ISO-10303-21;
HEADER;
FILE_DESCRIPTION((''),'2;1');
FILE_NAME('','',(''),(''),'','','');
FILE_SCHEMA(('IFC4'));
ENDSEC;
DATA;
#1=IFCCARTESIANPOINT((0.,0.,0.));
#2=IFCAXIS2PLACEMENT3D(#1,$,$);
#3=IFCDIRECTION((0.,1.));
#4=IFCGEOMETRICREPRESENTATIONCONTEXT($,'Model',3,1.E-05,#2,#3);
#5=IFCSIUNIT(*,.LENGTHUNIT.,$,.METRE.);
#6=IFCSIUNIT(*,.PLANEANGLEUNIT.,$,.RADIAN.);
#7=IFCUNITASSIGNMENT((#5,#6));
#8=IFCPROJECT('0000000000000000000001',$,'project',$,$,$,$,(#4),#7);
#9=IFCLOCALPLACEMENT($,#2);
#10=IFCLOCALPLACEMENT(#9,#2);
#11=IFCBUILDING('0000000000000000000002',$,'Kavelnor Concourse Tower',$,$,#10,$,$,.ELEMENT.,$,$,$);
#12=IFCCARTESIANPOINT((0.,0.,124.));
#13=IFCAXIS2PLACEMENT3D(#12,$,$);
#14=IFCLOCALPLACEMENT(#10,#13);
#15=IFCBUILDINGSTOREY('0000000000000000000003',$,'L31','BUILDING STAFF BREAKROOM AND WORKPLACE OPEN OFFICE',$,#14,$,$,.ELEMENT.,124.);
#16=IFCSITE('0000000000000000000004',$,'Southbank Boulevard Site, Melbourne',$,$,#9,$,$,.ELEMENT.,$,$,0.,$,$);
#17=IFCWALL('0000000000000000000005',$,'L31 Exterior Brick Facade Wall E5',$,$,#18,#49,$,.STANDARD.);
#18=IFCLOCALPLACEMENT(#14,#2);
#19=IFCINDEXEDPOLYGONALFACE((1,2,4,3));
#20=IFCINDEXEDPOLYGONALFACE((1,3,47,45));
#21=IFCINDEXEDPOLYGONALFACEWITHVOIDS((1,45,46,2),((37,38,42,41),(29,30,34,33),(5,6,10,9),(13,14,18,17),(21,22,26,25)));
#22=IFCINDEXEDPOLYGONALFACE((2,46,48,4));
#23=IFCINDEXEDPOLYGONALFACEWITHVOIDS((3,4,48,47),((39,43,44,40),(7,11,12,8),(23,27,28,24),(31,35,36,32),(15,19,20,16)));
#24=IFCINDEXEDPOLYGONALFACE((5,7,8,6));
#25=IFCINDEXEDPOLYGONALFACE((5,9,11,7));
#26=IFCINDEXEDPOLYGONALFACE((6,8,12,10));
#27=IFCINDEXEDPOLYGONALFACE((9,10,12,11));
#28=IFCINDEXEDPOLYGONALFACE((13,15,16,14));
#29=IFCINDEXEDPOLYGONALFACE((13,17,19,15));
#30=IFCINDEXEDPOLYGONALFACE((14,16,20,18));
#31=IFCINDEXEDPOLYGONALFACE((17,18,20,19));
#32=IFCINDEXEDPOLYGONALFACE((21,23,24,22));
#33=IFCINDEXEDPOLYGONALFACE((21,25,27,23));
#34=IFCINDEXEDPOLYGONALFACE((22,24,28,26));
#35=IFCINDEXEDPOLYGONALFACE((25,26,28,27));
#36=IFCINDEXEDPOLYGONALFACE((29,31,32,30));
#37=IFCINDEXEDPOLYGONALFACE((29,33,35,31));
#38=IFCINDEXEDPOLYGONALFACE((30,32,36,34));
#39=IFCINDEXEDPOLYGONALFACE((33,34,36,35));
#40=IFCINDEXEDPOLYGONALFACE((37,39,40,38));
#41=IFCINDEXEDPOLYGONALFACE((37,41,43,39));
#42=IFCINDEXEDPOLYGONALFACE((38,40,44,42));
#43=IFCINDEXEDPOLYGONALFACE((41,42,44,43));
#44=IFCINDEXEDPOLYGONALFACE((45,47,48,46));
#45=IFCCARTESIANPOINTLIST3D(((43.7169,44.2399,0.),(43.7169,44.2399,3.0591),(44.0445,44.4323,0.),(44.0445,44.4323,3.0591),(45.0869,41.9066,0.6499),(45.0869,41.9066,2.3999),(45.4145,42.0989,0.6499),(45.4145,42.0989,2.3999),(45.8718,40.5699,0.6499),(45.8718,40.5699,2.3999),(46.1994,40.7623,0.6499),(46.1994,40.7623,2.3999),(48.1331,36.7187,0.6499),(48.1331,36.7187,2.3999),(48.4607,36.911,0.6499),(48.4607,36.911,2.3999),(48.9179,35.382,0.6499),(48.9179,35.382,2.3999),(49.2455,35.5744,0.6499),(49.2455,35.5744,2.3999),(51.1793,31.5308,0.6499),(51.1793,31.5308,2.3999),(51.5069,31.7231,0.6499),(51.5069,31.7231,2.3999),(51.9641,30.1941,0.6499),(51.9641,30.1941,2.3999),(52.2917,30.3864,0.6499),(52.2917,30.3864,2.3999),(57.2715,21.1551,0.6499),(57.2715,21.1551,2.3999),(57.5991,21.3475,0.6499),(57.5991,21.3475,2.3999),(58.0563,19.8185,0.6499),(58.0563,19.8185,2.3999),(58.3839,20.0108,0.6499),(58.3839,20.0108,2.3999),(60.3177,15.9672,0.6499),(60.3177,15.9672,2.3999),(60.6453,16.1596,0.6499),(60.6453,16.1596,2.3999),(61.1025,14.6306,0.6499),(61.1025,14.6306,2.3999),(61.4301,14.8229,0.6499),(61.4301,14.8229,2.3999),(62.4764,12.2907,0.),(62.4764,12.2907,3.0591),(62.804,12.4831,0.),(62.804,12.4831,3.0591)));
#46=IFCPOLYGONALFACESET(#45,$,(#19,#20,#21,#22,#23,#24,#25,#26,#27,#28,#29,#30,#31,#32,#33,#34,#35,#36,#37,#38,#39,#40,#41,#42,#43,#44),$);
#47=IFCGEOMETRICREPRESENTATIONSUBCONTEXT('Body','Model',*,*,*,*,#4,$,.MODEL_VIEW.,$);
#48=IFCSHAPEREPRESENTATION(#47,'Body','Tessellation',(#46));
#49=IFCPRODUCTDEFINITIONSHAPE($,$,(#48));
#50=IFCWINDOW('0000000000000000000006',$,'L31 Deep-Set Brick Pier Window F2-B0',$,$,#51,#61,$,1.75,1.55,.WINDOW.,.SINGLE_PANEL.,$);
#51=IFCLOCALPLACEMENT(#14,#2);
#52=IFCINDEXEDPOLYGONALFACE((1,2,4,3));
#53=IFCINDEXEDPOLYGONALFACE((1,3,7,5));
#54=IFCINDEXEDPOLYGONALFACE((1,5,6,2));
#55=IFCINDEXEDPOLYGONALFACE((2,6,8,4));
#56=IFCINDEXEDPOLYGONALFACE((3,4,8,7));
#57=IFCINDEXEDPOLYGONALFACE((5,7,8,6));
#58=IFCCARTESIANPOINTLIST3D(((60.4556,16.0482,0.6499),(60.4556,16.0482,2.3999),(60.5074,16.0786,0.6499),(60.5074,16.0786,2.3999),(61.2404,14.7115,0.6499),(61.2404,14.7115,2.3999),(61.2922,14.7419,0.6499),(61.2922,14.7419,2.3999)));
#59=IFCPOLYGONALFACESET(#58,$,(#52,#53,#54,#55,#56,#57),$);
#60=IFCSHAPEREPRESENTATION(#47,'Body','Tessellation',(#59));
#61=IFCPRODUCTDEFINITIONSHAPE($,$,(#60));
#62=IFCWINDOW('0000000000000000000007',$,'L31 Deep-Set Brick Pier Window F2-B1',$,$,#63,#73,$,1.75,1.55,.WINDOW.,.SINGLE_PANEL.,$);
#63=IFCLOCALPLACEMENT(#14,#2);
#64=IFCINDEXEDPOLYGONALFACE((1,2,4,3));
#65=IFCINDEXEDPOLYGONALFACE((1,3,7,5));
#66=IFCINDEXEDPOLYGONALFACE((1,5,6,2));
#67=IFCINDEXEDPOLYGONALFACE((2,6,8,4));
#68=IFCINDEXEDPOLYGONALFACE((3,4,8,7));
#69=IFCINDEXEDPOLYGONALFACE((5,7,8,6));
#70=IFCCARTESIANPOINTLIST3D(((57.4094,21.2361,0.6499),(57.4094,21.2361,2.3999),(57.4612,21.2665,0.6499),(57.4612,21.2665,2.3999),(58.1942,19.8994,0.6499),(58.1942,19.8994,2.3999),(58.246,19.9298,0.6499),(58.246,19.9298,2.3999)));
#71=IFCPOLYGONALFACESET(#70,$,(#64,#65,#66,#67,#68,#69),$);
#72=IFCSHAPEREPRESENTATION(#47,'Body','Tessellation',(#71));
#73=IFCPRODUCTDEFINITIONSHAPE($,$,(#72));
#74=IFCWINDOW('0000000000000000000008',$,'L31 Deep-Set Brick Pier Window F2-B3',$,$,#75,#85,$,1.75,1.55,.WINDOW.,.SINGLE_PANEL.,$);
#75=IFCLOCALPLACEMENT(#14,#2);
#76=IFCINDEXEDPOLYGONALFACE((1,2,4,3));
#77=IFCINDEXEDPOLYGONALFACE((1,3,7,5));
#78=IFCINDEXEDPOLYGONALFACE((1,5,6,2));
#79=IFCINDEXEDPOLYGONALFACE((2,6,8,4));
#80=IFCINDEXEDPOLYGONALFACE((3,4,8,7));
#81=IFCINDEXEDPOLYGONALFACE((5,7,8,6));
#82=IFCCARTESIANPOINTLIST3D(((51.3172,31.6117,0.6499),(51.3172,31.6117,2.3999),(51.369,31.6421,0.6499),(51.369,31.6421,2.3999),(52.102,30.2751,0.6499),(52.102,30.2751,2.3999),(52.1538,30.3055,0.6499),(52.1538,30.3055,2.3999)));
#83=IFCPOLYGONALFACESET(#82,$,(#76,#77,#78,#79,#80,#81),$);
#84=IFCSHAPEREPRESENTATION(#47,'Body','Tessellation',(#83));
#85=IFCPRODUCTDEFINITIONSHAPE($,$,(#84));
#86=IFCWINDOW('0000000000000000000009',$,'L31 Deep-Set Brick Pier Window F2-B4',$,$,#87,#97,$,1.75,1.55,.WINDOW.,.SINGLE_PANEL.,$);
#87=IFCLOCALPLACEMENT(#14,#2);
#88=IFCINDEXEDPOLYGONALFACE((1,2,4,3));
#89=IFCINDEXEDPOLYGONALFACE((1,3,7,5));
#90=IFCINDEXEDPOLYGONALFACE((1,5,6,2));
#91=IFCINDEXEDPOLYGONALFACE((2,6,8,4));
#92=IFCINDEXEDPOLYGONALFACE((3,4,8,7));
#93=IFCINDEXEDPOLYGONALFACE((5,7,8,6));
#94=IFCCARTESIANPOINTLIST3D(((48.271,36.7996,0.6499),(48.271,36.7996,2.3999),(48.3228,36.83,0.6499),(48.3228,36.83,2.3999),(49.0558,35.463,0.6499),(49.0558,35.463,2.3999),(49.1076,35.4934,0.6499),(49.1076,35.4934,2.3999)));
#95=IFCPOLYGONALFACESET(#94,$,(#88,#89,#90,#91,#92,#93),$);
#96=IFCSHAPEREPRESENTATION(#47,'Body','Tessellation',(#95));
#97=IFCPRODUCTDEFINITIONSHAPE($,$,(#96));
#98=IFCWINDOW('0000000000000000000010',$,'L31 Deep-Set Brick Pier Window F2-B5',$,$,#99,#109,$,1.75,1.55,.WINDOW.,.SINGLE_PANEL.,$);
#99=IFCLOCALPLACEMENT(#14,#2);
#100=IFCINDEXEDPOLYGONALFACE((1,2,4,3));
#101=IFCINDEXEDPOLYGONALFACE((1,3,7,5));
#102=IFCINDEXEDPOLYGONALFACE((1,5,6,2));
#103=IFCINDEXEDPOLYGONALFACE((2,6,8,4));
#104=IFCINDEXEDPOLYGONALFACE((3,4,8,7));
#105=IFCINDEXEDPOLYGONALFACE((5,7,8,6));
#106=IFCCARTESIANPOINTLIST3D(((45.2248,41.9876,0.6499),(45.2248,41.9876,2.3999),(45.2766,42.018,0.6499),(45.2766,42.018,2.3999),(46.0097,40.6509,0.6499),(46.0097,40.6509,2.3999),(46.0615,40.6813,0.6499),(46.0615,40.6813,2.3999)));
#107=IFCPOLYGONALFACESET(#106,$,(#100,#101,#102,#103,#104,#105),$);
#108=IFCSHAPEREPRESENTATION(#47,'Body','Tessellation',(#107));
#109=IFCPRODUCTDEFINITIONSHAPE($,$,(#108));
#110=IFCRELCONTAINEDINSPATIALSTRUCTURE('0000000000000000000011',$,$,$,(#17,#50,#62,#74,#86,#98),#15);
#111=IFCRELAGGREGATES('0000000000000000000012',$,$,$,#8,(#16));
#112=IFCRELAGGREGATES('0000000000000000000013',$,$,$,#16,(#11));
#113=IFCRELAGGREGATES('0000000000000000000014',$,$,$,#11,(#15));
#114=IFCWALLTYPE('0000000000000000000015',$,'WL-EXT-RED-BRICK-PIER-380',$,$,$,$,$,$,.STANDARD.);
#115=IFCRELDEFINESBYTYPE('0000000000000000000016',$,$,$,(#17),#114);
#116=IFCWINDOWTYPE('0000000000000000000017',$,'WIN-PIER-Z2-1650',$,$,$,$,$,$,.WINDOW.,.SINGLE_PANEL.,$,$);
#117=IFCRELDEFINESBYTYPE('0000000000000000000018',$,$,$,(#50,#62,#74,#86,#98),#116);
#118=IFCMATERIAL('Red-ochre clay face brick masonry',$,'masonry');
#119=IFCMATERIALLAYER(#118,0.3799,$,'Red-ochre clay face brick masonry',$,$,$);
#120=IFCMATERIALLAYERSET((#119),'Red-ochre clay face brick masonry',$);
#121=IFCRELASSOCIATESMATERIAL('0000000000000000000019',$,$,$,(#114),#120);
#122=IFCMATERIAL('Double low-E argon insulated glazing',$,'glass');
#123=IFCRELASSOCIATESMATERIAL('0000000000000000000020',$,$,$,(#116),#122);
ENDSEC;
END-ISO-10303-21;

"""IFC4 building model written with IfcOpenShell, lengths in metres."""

from ifc_helpers import new_model, si_unit, direction, frame, frame_2d, origin, place, context, subcontext, project, spatial, rectangle, extrude, material, layer, layer_set, type_object, element, fill, save


model = new_model("IFC4")

# Units and contexts
model_context = context("Model", 3, precision=1e-05, world=origin(), true_north=direction((0.0, 1.0)))
body_context = subcontext(model_context, "Body", "Model", "MODEL_VIEW")
ifc_project = project(units=[si_unit("LENGTHUNIT", "METRE"), si_unit("PLANEANGLEUNIT", "RADIAN")], contexts=[model_context])

# Site, building, storey
site_placement = place(None, origin())
site = spatial("IfcSite", under=ifc_project, at=site_placement, Name="Southbank Boulevard Site, Melbourne", CompositionType="ELEMENT", RefElevation=0.0)
building_placement = place(site_placement, origin())
building = spatial("IfcBuilding", under=site, at=building_placement, Name="Kavelnor Concourse Tower", CompositionType="ELEMENT")
storey_placement = place(building_placement, frame((0.0, 0.0, 124.0)))
storey = spatial("IfcBuildingStorey", under=building, at=storey_placement, Name="L31", Description="BUILDING STAFF BREAKROOM AND WORKPLACE OPEN OFFICE", CompositionType="ELEMENT", Elevation=124.0)

# Wall, openings, windows
ifc_material_1 = material(Name="Red-ochre clay face brick masonry", Category="masonry")
ifc_layer = layer(ifc_material_1, 0.3799, Name="Red-ochre clay face brick masonry")
ifc_layer_set = layer_set([ifc_layer], Name="Red-ochre clay face brick masonry")
wall_type = type_object("IfcWallType", Name="WL-EXT-RED-BRICK-PIER-380", PredefinedType="STANDARD", material=ifc_layer_set)
wall_placement = place(storey_placement, frame((43.8806, 44.3362, 0.0), z_axis=(0.0, 0.0, 1.0), x_axis=(0.506335, -0.862337, 0.0)))
wall = element("IfcWall", 1, at=wall_placement, inside=storey, type_object=wall_type, Name="L31 Exterior Brick Facade Wall E5", PredefinedType="STANDARD", context=body_context, shape_type="SweptSolid", body=[
    extrude(rectangle(XDim=37.0496, YDim=0.3799, at=frame_2d((18.5249, 0.0))), origin(), (0.0, 0.0, 1.0), 3.0591),
])
opening_1_placement = place(wall_placement, frame((32.7864, 0.0, 0.6499)))
opening_1 = element("IfcOpeningElement", 2, at=opening_1_placement, cuts=wall, PredefinedType="OPENING", context=body_context, shape_type="SweptSolid", body=[
    extrude(rectangle(XDim=1.55, YDim=1.75, at=frame_2d((0.7749, 0.875))), frame((0.0, 0.2, 0.0), z_axis=(0.0, -1.0, 0.0), x_axis=(1.0, 0.0, 0.0)), (0.0, 0.0, 1.0), 0.3999),
])
opening_2_placement = place(wall_placement, frame((26.7703, 0.0, 0.6499)))
opening_2 = element("IfcOpeningElement", 3, at=opening_2_placement, cuts=wall, PredefinedType="OPENING", context=body_context, shape_type="SweptSolid", body=[
    extrude(rectangle(XDim=1.55, YDim=1.75, at=frame_2d((0.7749, 0.875))), frame((0.0, 0.2, 0.0), z_axis=(0.0, -1.0, 0.0), x_axis=(1.0, 0.0, 0.0)), (0.0, 0.0, 1.0), 0.3999),
])
opening_3_placement = place(wall_placement, frame((14.7383, 0.0, 0.6499)))
opening_3 = element("IfcOpeningElement", 4, at=opening_3_placement, cuts=wall, PredefinedType="OPENING", context=body_context, shape_type="SweptSolid", body=[
    extrude(rectangle(XDim=1.55, YDim=1.75, at=frame_2d((0.7749, 0.875))), frame((0.0, 0.2, 0.0), z_axis=(0.0, -1.0, 0.0), x_axis=(1.0, 0.0, 0.0)), (0.0, 0.0, 1.0), 0.3999),
])
opening_4_placement = place(wall_placement, frame((8.7222, 0.0, 0.6499)))
opening_4 = element("IfcOpeningElement", 5, at=opening_4_placement, cuts=wall, PredefinedType="OPENING", context=body_context, shape_type="SweptSolid", body=[
    extrude(rectangle(XDim=1.55, YDim=1.75, at=frame_2d((0.7749, 0.875))), frame((0.0, 0.2, 0.0), z_axis=(0.0, -1.0, 0.0), x_axis=(1.0, 0.0, 0.0)), (0.0, 0.0, 1.0), 0.3999),
])
opening_5_placement = place(wall_placement, frame((2.7061, 0.0, 0.6499)))
opening_5 = element("IfcOpeningElement", 6, at=opening_5_placement, cuts=wall, PredefinedType="OPENING", context=body_context, shape_type="SweptSolid", body=[
    extrude(rectangle(XDim=1.55, YDim=1.75, at=frame_2d((0.7749, 0.875))), frame((0.0, 0.2, 0.0), z_axis=(0.0, -1.0, 0.0), x_axis=(1.0, 0.0, 0.0)), (0.0, 0.0, 1.0), 0.3999),
])
ifc_material_2 = material(Name="Double low-E argon insulated glazing", Category="glass")
window_type = type_object("IfcWindowType", Name="WIN-PIER-Z2-1650", PartitioningType="SINGLE_PANEL", PredefinedType="WINDOW", material=ifc_material_2)
window_1_placement = place(opening_1_placement, origin())
window_1 = element("IfcWindow", 7, at=window_1_placement, inside=storey, type_object=window_type, Name="L31 Deep-Set Brick Pier Window F2-B0", OverallHeight=1.75, OverallWidth=1.55, PartitioningType="SINGLE_PANEL", PredefinedType="WINDOW", context=body_context, shape_type="SweptSolid", body=[
    extrude(rectangle(XDim=1.55, YDim=1.75, at=frame_2d((0.7749, 0.875))), frame((0.0, 0.03, 0.0), z_axis=(0.0, -1.0, 0.0), x_axis=(1.0, 0.0, 0.0)), (0.0, 0.0, 1.0), 0.0601),
])
fill(opening_1, window_1)
window_2_placement = place(opening_2_placement, origin())
window_2 = element("IfcWindow", 8, at=window_2_placement, inside=storey, type_object=window_type, Name="L31 Deep-Set Brick Pier Window F2-B1", OverallHeight=1.75, OverallWidth=1.55, PartitioningType="SINGLE_PANEL", PredefinedType="WINDOW", context=body_context, shape_type="SweptSolid", body=[
    extrude(rectangle(XDim=1.55, YDim=1.75, at=frame_2d((0.7749, 0.875))), frame((0.0, 0.03, 0.0), z_axis=(0.0, -1.0, 0.0), x_axis=(1.0, 0.0, 0.0)), (0.0, 0.0, 1.0), 0.0601),
])
fill(opening_2, window_2)
window_3_placement = place(opening_3_placement, origin())
window_3 = element("IfcWindow", 9, at=window_3_placement, inside=storey, type_object=window_type, Name="L31 Deep-Set Brick Pier Window F2-B3", OverallHeight=1.75, OverallWidth=1.55, PartitioningType="SINGLE_PANEL", PredefinedType="WINDOW", context=body_context, shape_type="SweptSolid", body=[
    extrude(rectangle(XDim=1.55, YDim=1.75, at=frame_2d((0.7749, 0.875))), frame((0.0, 0.03, 0.0), z_axis=(0.0, -1.0, 0.0), x_axis=(1.0, 0.0, 0.0)), (0.0, 0.0, 1.0), 0.0601),
])
fill(opening_3, window_3)
window_4_placement = place(opening_4_placement, origin())
window_4 = element("IfcWindow", 10, at=window_4_placement, inside=storey, type_object=window_type, Name="L31 Deep-Set Brick Pier Window F2-B4", OverallHeight=1.75, OverallWidth=1.55, PartitioningType="SINGLE_PANEL", PredefinedType="WINDOW", context=body_context, shape_type="SweptSolid", body=[
    extrude(rectangle(XDim=1.55, YDim=1.75, at=frame_2d((0.7749, 0.875))), frame((0.0, 0.03, 0.0), z_axis=(0.0, -1.0, 0.0), x_axis=(1.0, 0.0, 0.0)), (0.0, 0.0, 1.0), 0.0601),
])
fill(opening_4, window_4)
window_5_placement = place(opening_5_placement, origin())
window_5 = element("IfcWindow", 11, at=window_5_placement, inside=storey, type_object=window_type, Name="L31 Deep-Set Brick Pier Window F2-B5", OverallHeight=1.75, OverallWidth=1.55, PartitioningType="SINGLE_PANEL", PredefinedType="WINDOW", context=body_context, shape_type="SweptSolid", body=[
    extrude(rectangle(XDim=1.55, YDim=1.75, at=frame_2d((0.7749, 0.875))), frame((0.0, 0.03, 0.0), z_axis=(0.0, -1.0, 0.0), x_axis=(1.0, 0.0, 0.0)), (0.0, 0.0, 1.0), 0.0601),
])
fill(opening_5, window_5)

save(model, "model.ifc")
